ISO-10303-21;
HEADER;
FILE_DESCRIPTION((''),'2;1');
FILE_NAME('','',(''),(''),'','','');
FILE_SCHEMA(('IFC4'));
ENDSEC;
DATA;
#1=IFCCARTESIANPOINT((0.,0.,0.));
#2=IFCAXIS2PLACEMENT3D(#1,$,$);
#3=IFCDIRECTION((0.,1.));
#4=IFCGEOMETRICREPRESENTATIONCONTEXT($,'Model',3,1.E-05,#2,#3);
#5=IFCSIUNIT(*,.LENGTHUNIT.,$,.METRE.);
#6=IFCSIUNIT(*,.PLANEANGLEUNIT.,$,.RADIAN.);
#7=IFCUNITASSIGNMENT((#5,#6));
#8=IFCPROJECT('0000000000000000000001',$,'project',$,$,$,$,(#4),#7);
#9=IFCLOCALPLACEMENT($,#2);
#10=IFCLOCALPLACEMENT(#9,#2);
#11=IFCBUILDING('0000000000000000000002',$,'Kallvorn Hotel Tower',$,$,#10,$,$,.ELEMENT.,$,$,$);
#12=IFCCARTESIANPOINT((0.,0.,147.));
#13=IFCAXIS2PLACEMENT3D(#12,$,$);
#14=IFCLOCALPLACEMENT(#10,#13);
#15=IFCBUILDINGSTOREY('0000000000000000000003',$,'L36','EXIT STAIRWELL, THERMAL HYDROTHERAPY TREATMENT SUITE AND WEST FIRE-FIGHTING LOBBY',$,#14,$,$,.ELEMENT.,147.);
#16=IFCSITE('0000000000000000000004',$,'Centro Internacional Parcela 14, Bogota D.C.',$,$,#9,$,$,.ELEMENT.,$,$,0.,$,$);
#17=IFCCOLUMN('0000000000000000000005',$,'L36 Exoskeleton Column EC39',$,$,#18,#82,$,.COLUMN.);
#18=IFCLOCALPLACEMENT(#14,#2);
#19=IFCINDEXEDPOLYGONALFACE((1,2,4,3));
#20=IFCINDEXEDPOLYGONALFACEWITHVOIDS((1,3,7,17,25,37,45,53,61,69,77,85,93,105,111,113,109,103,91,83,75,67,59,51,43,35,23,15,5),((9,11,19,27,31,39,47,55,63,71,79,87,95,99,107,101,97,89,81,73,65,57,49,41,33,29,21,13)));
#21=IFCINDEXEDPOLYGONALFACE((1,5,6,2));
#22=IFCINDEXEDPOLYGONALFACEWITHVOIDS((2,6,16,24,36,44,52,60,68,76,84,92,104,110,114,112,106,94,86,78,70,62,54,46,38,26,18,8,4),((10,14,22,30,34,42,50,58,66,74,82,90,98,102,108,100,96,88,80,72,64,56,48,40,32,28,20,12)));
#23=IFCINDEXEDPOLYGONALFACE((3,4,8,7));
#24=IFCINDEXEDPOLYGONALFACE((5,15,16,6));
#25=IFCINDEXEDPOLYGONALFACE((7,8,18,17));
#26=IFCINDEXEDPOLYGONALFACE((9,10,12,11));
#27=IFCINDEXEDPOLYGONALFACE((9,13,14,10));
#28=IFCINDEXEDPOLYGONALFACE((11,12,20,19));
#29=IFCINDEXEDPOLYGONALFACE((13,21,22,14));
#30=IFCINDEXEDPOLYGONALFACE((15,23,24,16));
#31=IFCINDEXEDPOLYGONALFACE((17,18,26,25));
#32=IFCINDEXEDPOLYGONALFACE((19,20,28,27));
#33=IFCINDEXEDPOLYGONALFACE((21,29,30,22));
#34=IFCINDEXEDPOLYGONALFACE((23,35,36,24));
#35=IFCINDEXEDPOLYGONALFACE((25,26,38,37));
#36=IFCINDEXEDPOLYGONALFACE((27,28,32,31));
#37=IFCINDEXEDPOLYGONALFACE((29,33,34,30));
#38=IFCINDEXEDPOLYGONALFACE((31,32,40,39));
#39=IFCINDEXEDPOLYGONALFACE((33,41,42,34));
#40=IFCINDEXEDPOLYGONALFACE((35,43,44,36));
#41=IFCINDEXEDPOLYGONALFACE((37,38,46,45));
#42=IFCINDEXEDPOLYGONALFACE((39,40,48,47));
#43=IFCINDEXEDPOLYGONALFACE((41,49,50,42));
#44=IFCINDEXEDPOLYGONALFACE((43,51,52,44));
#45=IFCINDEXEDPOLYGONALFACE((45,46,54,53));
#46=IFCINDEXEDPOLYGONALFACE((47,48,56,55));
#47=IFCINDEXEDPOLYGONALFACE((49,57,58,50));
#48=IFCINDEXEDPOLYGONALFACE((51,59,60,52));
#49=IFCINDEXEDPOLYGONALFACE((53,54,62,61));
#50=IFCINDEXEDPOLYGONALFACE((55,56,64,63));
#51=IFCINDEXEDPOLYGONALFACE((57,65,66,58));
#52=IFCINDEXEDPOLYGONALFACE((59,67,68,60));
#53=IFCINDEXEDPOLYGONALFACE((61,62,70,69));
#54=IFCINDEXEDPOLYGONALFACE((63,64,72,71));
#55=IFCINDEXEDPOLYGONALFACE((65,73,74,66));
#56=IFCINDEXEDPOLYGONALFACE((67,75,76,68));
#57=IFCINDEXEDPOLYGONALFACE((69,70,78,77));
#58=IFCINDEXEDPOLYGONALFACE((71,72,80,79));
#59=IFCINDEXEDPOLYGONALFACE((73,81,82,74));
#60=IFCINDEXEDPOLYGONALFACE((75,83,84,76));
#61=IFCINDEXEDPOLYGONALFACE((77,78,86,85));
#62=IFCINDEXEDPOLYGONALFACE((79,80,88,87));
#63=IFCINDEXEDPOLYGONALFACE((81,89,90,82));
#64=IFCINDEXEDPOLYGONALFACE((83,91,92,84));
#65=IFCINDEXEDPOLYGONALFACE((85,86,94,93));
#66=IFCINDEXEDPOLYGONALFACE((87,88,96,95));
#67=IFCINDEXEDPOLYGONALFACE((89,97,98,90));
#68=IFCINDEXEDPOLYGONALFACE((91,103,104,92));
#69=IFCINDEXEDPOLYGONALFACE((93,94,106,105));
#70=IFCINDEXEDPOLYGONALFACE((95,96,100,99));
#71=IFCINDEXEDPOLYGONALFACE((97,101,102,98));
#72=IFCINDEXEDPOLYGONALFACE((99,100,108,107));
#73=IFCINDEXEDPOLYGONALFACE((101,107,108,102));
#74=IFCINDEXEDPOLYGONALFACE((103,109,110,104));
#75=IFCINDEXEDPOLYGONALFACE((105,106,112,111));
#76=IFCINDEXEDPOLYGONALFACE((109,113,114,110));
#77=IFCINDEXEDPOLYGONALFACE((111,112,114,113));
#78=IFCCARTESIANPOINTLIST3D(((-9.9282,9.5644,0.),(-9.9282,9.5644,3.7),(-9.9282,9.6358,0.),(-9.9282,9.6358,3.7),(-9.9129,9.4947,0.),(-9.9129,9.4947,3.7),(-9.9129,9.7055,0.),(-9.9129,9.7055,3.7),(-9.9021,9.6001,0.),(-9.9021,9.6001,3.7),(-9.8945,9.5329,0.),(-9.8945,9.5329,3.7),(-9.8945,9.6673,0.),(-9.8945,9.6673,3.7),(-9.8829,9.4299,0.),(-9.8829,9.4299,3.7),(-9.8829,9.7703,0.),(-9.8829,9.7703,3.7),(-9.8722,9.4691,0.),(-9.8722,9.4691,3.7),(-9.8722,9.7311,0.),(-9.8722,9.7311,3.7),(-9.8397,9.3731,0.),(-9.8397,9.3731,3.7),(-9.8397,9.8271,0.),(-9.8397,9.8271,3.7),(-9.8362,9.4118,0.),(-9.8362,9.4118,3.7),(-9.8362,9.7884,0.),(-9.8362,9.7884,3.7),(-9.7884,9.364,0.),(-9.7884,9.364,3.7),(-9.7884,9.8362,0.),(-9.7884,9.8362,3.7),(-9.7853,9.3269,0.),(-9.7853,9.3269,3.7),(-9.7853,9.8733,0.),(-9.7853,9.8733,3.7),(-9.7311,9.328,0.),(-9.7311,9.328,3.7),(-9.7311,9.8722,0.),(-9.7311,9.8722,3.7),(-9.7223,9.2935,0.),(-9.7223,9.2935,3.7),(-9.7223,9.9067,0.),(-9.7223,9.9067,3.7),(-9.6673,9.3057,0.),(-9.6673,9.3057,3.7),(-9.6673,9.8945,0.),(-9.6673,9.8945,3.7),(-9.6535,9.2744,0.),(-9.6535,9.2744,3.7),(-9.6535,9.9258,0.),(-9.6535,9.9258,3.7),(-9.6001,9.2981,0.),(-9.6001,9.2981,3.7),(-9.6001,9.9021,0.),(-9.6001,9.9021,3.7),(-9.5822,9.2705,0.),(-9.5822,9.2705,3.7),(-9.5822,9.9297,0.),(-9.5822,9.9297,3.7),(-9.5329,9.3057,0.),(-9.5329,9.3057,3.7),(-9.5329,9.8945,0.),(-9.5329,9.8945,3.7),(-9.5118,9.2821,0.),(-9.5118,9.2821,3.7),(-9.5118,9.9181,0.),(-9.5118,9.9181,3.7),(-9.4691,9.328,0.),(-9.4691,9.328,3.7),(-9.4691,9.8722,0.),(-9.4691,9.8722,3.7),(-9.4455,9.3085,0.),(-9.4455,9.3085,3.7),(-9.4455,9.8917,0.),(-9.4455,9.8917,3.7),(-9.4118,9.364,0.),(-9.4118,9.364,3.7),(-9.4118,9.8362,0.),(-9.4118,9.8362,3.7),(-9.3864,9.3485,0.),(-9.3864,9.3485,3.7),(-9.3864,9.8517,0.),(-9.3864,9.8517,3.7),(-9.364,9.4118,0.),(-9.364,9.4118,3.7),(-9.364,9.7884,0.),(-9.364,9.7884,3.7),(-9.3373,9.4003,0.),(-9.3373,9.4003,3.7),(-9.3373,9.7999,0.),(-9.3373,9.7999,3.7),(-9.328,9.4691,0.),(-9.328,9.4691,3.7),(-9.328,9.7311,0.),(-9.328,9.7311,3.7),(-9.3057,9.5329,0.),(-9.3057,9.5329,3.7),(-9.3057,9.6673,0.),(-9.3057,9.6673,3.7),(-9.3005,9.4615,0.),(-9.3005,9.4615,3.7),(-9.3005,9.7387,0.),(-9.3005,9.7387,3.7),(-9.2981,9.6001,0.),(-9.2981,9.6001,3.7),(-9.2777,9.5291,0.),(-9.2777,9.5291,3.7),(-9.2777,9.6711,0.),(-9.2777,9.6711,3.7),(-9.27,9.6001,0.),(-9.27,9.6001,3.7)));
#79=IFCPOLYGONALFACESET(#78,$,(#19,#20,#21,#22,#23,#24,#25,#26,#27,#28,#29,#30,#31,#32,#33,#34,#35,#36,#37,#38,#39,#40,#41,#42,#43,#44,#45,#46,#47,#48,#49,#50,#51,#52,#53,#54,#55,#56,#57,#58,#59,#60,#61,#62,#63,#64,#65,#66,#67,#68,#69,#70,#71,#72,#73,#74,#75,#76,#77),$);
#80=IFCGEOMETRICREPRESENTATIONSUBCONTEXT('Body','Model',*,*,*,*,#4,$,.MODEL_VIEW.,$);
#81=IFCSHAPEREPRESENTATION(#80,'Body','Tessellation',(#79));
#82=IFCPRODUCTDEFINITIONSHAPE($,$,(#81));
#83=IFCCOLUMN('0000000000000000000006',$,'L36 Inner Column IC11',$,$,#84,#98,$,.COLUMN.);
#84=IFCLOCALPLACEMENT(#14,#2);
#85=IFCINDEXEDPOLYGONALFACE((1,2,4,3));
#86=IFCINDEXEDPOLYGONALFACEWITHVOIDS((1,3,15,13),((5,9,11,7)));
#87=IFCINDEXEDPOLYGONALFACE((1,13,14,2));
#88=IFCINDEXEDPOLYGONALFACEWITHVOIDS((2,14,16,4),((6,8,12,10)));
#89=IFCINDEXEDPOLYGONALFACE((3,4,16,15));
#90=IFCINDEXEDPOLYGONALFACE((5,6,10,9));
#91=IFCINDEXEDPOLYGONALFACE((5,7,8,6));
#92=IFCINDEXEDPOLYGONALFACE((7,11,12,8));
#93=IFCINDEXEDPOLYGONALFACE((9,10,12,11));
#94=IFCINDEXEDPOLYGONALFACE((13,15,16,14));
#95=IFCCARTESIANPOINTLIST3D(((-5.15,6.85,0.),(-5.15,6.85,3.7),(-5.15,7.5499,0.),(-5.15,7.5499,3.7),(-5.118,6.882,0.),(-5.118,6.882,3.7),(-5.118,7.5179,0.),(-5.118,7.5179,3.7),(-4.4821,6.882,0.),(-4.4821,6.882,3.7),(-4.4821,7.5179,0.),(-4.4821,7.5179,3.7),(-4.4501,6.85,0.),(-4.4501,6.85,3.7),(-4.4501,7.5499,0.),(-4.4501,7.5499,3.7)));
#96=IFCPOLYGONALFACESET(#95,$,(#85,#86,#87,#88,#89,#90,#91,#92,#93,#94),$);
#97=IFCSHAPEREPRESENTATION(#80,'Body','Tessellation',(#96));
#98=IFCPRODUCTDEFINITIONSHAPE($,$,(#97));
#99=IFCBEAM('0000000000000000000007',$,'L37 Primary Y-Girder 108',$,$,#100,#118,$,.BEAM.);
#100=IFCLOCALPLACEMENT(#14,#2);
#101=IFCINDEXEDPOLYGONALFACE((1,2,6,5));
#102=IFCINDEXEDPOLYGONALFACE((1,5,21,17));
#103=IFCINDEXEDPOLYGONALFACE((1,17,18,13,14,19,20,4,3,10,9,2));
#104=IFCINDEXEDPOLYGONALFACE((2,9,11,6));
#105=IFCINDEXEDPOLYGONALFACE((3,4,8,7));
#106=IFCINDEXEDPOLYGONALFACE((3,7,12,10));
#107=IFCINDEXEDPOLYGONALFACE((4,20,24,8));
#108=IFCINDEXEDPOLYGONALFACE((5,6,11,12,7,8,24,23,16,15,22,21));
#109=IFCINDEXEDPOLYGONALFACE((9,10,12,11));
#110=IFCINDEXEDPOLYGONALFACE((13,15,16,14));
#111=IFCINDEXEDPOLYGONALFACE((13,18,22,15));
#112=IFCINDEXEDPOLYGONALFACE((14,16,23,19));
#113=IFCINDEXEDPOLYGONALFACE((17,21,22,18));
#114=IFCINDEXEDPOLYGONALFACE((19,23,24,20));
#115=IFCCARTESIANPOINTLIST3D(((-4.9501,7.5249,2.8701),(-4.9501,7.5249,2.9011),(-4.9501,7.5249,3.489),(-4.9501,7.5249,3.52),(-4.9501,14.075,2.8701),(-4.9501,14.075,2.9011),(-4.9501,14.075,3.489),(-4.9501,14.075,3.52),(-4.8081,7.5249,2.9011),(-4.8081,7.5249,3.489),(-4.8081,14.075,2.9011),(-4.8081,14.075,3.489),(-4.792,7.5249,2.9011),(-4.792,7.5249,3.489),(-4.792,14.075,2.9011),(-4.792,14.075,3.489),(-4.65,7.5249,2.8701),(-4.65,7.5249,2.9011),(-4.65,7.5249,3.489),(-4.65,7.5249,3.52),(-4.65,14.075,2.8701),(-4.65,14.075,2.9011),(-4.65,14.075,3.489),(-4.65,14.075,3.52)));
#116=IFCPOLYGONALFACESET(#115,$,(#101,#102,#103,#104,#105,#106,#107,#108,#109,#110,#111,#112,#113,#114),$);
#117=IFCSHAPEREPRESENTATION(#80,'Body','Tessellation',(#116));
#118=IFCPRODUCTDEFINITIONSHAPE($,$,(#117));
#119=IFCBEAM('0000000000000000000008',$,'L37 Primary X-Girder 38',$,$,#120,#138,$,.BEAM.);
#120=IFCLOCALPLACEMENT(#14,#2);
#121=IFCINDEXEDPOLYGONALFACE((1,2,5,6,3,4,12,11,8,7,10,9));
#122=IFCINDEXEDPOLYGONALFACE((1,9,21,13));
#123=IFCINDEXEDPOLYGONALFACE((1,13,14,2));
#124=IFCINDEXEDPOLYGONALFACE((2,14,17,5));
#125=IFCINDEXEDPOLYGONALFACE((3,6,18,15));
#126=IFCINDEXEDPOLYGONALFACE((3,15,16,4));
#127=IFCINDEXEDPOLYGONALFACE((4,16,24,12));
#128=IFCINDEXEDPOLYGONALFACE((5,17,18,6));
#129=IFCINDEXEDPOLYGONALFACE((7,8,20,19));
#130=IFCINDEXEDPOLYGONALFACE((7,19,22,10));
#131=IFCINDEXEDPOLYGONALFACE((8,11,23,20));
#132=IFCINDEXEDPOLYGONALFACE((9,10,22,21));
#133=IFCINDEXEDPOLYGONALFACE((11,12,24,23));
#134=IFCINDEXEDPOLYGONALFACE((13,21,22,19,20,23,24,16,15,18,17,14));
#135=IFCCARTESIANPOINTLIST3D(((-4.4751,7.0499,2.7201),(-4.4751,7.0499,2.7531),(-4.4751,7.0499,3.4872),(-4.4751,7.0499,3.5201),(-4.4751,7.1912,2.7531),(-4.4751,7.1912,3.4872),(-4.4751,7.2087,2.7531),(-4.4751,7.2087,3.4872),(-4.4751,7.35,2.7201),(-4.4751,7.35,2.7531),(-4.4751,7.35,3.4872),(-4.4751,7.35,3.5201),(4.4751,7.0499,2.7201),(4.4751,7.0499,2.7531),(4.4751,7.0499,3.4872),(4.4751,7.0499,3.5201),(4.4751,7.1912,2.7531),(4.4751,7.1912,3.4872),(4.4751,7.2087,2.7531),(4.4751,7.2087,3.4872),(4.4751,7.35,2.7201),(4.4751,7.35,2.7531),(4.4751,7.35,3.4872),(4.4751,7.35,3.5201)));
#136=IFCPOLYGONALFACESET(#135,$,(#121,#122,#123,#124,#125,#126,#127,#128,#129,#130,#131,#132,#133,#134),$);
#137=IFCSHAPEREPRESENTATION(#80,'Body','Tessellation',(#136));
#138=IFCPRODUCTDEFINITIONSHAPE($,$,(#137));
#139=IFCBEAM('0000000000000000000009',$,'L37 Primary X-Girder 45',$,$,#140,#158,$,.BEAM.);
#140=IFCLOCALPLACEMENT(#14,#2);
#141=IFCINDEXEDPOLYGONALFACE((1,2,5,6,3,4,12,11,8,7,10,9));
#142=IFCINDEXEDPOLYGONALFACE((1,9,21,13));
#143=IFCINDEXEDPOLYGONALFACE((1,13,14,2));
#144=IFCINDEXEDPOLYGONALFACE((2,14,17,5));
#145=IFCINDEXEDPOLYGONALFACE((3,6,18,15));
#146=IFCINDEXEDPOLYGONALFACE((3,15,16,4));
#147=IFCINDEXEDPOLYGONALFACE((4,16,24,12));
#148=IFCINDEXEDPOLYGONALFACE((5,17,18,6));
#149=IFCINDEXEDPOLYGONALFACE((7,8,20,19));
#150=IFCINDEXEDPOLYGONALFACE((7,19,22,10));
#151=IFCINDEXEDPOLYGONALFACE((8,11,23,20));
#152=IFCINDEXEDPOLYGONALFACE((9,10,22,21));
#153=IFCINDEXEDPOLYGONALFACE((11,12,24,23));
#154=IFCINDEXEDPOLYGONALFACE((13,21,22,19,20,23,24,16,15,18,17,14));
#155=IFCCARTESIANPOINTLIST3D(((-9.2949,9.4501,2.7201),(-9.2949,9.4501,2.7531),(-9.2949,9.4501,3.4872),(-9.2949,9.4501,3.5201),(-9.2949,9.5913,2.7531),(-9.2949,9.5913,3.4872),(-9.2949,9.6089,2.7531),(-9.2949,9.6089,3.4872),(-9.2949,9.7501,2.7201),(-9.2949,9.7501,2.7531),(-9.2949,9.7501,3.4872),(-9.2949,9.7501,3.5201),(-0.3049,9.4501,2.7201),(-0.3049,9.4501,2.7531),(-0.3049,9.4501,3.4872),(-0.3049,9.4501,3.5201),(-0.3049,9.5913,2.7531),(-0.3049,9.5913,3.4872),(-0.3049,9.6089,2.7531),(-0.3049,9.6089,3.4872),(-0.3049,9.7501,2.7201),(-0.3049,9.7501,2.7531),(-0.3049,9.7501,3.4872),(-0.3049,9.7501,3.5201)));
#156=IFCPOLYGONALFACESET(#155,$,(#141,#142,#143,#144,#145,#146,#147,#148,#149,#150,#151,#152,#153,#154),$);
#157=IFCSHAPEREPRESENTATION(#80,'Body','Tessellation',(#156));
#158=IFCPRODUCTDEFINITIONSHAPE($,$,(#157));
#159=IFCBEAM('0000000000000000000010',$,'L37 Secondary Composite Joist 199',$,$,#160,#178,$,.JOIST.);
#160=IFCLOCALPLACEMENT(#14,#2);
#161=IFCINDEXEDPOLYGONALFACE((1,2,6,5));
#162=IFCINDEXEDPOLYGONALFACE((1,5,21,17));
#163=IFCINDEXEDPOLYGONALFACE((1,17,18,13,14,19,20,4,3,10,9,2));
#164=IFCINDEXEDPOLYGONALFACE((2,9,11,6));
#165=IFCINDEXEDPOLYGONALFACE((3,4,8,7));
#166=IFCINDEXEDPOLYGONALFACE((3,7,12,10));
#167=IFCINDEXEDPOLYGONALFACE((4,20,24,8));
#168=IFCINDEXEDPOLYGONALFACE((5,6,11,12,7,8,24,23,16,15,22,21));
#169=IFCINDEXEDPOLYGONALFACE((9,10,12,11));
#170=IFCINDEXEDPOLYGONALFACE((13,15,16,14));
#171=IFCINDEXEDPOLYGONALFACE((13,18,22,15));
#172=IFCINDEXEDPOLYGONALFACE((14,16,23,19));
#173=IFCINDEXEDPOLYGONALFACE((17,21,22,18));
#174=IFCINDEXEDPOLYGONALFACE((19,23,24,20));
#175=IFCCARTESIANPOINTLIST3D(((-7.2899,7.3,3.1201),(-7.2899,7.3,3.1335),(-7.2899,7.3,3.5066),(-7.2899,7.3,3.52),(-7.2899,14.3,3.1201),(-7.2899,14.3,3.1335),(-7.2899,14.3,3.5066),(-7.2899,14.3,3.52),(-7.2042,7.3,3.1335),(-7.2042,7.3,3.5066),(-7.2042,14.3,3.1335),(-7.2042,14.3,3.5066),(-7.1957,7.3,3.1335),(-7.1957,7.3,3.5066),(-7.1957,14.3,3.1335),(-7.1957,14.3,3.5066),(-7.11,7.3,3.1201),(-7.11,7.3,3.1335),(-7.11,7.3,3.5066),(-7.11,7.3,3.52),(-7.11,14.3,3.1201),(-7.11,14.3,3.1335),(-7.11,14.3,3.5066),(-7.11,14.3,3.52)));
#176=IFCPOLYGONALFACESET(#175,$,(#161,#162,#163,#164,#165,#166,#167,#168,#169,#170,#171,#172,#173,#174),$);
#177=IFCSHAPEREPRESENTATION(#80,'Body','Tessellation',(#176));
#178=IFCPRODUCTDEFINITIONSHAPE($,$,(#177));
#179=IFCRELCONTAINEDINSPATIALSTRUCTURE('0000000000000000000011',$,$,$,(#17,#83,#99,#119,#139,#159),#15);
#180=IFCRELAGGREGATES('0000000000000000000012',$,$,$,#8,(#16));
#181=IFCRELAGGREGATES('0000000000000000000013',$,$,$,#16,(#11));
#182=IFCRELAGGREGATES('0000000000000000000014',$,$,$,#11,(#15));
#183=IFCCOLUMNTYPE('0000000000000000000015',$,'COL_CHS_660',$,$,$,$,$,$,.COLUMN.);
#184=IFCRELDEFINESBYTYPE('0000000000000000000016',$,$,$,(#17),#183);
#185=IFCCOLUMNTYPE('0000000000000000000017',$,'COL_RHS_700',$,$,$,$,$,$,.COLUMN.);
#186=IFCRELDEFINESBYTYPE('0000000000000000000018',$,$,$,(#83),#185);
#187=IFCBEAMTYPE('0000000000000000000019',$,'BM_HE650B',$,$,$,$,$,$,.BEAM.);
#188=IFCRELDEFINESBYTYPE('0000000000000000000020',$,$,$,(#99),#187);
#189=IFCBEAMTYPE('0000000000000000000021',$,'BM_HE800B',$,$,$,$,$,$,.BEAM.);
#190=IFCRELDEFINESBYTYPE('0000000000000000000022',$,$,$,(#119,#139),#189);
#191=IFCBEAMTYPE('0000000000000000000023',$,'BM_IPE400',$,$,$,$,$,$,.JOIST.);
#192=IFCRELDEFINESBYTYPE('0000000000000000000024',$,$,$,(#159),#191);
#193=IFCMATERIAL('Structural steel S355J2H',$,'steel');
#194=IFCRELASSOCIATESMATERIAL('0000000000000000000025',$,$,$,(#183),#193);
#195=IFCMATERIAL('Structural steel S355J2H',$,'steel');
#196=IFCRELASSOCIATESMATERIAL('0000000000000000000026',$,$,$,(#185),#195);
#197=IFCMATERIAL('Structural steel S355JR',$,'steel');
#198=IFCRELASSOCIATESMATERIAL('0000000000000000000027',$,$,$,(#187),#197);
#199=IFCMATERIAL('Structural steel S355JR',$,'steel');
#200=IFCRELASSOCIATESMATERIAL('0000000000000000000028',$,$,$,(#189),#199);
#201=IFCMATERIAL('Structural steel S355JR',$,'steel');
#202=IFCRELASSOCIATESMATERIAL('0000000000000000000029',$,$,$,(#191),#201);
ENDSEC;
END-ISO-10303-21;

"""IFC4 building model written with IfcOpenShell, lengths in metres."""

from ifc_helpers import new_model, si_unit, direction, frame, origin, origin_2d, place, context, subcontext, project, spatial, hollow_rectangle, hollow_circle, i_section, extrude, material, material_profile, profile_set, type_object, element, save


model = new_model("IFC4")

# Units and contexts
model_context = context("Model", 3, precision=1e-05, world=origin(), true_north=direction((0.0, 1.0)))
body_context = subcontext(model_context, "Body", "Model", "MODEL_VIEW")
ifc_project = project(units=[si_unit("LENGTHUNIT", "METRE"), si_unit("PLANEANGLEUNIT", "RADIAN")], contexts=[model_context])

# Site, building, storey
site_placement = place(None, origin())
site = spatial("IfcSite", under=ifc_project, at=site_placement, Name="Centro Internacional Parcela 14, Bogota D.C.", CompositionType="ELEMENT", RefElevation=0.0)
building_placement = place(site_placement, origin())
building = spatial("IfcBuilding", under=site, at=building_placement, Name="Kallvorn Hotel Tower", CompositionType="ELEMENT")
storey_placement = place(building_placement, frame((0.0, 0.0, 147.0)))
storey = spatial("IfcBuildingStorey", under=building, at=storey_placement, Name="L36", Description="EXIT STAIRWELL, THERMAL HYDROTHERAPY TREATMENT SUITE AND WEST FIRE-FIGHTING LOBBY", CompositionType="ELEMENT", Elevation=147.0)

# Columns
ifc_material_1 = material(Name="Structural steel S355J2H", Category="steel")
ifc_material_profile_1 = material_profile(ifc_material_1, hollow_circle(Radius=0.3301, WallThickness=0.0281, at=origin_2d()), Name="CHS 660x28")
ifc_profile_set_1 = profile_set([ifc_material_profile_1], Name="Structural steel S355J2H")
column_type_1 = type_object("IfcColumnType", Name="COL_CHS_660", PredefinedType="COLUMN", material=ifc_profile_set_1)
column_1_placement = place(storey_placement, frame((-9.6001, 9.6001, 0.0), z_axis=(0.0, 0.0, 1.0), x_axis=(1.0, 0.0, 0.0)))
element("IfcColumn", 1, at=column_1_placement, inside=storey, type_object=column_type_1, Name="L36 Exoskeleton Column EC39", PredefinedType="COLUMN", context=body_context, shape_type="SweptSolid", body=[
    extrude(hollow_circle(Radius=0.3301, WallThickness=0.0281, at=origin_2d()), origin(), (0.0, 0.0, 1.0), 3.7),
])
ifc_material_2 = material(Name="Structural steel S355J2H", Category="steel")
ifc_material_profile_2 = material_profile(ifc_material_2, hollow_rectangle(XDim=0.7, YDim=0.7, WallThickness=0.032, at=origin_2d()), Name="RHS 700x700x32")
ifc_profile_set_2 = profile_set([ifc_material_profile_2], Name="Structural steel S355J2H")
column_type_2 = type_object("IfcColumnType", Name="COL_RHS_700", PredefinedType="COLUMN", material=ifc_profile_set_2)
column_2_placement = place(storey_placement, frame((-4.8, 7.2, 0.0), z_axis=(0.0, 0.0, 1.0), x_axis=(1.0, 0.0, 0.0)))
element("IfcColumn", 2, at=column_2_placement, inside=storey, type_object=column_type_2, Name="L36 Inner Column IC11", PredefinedType="COLUMN", context=body_context, shape_type="SweptSolid", body=[
    extrude(hollow_rectangle(XDim=0.7, YDim=0.7, WallThickness=0.032, at=origin_2d()), origin(), (0.0, 0.0, 1.0), 3.7),
])

# Beams
ifc_material_3 = material(Name="Structural steel S355JR", Category="steel")
ifc_material_profile_3 = material_profile(ifc_material_3, i_section(OverallWidth=0.3, OverallDepth=0.6499, WebThickness=0.0161, FlangeThickness=0.031, at=origin_2d()), Name="HE 650 B")
ifc_profile_set_3 = profile_set([ifc_material_profile_3], Name="Structural steel S355JR")
beam_type_1 = type_object("IfcBeamType", Name="BM_HE650B", PredefinedType="BEAM", material=ifc_profile_set_3)
beam_1_placement = place(storey_placement, frame((-4.8, 7.5249, 3.1951), z_axis=(0.0, 1.0, 0.0), x_axis=(-1.0, 0.0, 0.0)))
element("IfcBeam", 3, at=beam_1_placement, inside=storey, type_object=beam_type_1, Name="L37 Primary Y-Girder 108", PredefinedType="BEAM", context=body_context, shape_type="SweptSolid", body=[
    extrude(i_section(OverallWidth=0.3, OverallDepth=0.6499, WebThickness=0.0161, FlangeThickness=0.031, at=origin_2d()), origin(), (0.0, 0.0, 1.0), 6.55),
])
ifc_material_4 = material(Name="Structural steel S355JR", Category="steel")
ifc_material_profile_4 = material_profile(ifc_material_4, i_section(OverallWidth=0.3, OverallDepth=0.8, WebThickness=0.0176, FlangeThickness=0.033, at=origin_2d()), Name="HE 800 B")
ifc_profile_set_4 = profile_set([ifc_material_profile_4], Name="Structural steel S355JR")
beam_type_2 = type_object("IfcBeamType", Name="BM_HE800B", PredefinedType="BEAM", material=ifc_profile_set_4)
beam_2_placement = place(storey_placement, frame((-4.4751, 7.2, 3.1201), z_axis=(1.0, 0.0, 0.0), x_axis=(0.0, 1.0, 0.0)))
element("IfcBeam", 4, at=beam_2_placement, inside=storey, type_object=beam_type_2, Name="L37 Primary X-Girder 38", PredefinedType="BEAM", context=body_context, shape_type="SweptSolid", body=[
    extrude(i_section(OverallWidth=0.3, OverallDepth=0.8, WebThickness=0.0176, FlangeThickness=0.033, at=origin_2d()), origin(), (0.0, 0.0, 1.0), 8.9502),
])
beam_3_placement = place(storey_placement, frame((-9.2949, 9.6001, 3.1201), z_axis=(1.0, 0.0, 0.0), x_axis=(0.0, 1.0, 0.0)))
element("IfcBeam", 5, at=beam_3_placement, inside=storey, type_object=beam_type_2, Name="L37 Primary X-Girder 45", PredefinedType="BEAM", context=body_context, shape_type="SweptSolid", body=[
    extrude(i_section(OverallWidth=0.3, OverallDepth=0.8, WebThickness=0.0176, FlangeThickness=0.033, at=origin_2d()), origin(), (0.0, 0.0, 1.0), 8.99),
])
ifc_material_5 = material(Name="Structural steel S355JR", Category="steel")
ifc_material_profile_5 = material_profile(ifc_material_5, i_section(OverallWidth=0.1799, OverallDepth=0.3999, WebThickness=0.0085, FlangeThickness=0.0134, at=origin_2d()), Name="IPE 400")
ifc_profile_set_5 = profile_set([ifc_material_profile_5], Name="Structural steel S355JR")
beam_type_3 = type_object("IfcBeamType", Name="BM_IPE400", PredefinedType="JOIST", material=ifc_profile_set_5)
beam_4_placement = place(storey_placement, frame((-7.2, 7.3, 3.3201), z_axis=(0.0, 1.0, 0.0), x_axis=(-1.0, 0.0, 0.0)))
element("IfcBeam", 6, at=beam_4_placement, inside=storey, type_object=beam_type_3, Name="L37 Secondary Composite Joist 199", PredefinedType="JOIST", context=body_context, shape_type="SweptSolid", body=[
    extrude(i_section(OverallWidth=0.1799, OverallDepth=0.3999, WebThickness=0.0085, FlangeThickness=0.0134, at=origin_2d()), origin(), (0.0, 0.0, 1.0), 7.0),
])

save(model, "model.ifc")
